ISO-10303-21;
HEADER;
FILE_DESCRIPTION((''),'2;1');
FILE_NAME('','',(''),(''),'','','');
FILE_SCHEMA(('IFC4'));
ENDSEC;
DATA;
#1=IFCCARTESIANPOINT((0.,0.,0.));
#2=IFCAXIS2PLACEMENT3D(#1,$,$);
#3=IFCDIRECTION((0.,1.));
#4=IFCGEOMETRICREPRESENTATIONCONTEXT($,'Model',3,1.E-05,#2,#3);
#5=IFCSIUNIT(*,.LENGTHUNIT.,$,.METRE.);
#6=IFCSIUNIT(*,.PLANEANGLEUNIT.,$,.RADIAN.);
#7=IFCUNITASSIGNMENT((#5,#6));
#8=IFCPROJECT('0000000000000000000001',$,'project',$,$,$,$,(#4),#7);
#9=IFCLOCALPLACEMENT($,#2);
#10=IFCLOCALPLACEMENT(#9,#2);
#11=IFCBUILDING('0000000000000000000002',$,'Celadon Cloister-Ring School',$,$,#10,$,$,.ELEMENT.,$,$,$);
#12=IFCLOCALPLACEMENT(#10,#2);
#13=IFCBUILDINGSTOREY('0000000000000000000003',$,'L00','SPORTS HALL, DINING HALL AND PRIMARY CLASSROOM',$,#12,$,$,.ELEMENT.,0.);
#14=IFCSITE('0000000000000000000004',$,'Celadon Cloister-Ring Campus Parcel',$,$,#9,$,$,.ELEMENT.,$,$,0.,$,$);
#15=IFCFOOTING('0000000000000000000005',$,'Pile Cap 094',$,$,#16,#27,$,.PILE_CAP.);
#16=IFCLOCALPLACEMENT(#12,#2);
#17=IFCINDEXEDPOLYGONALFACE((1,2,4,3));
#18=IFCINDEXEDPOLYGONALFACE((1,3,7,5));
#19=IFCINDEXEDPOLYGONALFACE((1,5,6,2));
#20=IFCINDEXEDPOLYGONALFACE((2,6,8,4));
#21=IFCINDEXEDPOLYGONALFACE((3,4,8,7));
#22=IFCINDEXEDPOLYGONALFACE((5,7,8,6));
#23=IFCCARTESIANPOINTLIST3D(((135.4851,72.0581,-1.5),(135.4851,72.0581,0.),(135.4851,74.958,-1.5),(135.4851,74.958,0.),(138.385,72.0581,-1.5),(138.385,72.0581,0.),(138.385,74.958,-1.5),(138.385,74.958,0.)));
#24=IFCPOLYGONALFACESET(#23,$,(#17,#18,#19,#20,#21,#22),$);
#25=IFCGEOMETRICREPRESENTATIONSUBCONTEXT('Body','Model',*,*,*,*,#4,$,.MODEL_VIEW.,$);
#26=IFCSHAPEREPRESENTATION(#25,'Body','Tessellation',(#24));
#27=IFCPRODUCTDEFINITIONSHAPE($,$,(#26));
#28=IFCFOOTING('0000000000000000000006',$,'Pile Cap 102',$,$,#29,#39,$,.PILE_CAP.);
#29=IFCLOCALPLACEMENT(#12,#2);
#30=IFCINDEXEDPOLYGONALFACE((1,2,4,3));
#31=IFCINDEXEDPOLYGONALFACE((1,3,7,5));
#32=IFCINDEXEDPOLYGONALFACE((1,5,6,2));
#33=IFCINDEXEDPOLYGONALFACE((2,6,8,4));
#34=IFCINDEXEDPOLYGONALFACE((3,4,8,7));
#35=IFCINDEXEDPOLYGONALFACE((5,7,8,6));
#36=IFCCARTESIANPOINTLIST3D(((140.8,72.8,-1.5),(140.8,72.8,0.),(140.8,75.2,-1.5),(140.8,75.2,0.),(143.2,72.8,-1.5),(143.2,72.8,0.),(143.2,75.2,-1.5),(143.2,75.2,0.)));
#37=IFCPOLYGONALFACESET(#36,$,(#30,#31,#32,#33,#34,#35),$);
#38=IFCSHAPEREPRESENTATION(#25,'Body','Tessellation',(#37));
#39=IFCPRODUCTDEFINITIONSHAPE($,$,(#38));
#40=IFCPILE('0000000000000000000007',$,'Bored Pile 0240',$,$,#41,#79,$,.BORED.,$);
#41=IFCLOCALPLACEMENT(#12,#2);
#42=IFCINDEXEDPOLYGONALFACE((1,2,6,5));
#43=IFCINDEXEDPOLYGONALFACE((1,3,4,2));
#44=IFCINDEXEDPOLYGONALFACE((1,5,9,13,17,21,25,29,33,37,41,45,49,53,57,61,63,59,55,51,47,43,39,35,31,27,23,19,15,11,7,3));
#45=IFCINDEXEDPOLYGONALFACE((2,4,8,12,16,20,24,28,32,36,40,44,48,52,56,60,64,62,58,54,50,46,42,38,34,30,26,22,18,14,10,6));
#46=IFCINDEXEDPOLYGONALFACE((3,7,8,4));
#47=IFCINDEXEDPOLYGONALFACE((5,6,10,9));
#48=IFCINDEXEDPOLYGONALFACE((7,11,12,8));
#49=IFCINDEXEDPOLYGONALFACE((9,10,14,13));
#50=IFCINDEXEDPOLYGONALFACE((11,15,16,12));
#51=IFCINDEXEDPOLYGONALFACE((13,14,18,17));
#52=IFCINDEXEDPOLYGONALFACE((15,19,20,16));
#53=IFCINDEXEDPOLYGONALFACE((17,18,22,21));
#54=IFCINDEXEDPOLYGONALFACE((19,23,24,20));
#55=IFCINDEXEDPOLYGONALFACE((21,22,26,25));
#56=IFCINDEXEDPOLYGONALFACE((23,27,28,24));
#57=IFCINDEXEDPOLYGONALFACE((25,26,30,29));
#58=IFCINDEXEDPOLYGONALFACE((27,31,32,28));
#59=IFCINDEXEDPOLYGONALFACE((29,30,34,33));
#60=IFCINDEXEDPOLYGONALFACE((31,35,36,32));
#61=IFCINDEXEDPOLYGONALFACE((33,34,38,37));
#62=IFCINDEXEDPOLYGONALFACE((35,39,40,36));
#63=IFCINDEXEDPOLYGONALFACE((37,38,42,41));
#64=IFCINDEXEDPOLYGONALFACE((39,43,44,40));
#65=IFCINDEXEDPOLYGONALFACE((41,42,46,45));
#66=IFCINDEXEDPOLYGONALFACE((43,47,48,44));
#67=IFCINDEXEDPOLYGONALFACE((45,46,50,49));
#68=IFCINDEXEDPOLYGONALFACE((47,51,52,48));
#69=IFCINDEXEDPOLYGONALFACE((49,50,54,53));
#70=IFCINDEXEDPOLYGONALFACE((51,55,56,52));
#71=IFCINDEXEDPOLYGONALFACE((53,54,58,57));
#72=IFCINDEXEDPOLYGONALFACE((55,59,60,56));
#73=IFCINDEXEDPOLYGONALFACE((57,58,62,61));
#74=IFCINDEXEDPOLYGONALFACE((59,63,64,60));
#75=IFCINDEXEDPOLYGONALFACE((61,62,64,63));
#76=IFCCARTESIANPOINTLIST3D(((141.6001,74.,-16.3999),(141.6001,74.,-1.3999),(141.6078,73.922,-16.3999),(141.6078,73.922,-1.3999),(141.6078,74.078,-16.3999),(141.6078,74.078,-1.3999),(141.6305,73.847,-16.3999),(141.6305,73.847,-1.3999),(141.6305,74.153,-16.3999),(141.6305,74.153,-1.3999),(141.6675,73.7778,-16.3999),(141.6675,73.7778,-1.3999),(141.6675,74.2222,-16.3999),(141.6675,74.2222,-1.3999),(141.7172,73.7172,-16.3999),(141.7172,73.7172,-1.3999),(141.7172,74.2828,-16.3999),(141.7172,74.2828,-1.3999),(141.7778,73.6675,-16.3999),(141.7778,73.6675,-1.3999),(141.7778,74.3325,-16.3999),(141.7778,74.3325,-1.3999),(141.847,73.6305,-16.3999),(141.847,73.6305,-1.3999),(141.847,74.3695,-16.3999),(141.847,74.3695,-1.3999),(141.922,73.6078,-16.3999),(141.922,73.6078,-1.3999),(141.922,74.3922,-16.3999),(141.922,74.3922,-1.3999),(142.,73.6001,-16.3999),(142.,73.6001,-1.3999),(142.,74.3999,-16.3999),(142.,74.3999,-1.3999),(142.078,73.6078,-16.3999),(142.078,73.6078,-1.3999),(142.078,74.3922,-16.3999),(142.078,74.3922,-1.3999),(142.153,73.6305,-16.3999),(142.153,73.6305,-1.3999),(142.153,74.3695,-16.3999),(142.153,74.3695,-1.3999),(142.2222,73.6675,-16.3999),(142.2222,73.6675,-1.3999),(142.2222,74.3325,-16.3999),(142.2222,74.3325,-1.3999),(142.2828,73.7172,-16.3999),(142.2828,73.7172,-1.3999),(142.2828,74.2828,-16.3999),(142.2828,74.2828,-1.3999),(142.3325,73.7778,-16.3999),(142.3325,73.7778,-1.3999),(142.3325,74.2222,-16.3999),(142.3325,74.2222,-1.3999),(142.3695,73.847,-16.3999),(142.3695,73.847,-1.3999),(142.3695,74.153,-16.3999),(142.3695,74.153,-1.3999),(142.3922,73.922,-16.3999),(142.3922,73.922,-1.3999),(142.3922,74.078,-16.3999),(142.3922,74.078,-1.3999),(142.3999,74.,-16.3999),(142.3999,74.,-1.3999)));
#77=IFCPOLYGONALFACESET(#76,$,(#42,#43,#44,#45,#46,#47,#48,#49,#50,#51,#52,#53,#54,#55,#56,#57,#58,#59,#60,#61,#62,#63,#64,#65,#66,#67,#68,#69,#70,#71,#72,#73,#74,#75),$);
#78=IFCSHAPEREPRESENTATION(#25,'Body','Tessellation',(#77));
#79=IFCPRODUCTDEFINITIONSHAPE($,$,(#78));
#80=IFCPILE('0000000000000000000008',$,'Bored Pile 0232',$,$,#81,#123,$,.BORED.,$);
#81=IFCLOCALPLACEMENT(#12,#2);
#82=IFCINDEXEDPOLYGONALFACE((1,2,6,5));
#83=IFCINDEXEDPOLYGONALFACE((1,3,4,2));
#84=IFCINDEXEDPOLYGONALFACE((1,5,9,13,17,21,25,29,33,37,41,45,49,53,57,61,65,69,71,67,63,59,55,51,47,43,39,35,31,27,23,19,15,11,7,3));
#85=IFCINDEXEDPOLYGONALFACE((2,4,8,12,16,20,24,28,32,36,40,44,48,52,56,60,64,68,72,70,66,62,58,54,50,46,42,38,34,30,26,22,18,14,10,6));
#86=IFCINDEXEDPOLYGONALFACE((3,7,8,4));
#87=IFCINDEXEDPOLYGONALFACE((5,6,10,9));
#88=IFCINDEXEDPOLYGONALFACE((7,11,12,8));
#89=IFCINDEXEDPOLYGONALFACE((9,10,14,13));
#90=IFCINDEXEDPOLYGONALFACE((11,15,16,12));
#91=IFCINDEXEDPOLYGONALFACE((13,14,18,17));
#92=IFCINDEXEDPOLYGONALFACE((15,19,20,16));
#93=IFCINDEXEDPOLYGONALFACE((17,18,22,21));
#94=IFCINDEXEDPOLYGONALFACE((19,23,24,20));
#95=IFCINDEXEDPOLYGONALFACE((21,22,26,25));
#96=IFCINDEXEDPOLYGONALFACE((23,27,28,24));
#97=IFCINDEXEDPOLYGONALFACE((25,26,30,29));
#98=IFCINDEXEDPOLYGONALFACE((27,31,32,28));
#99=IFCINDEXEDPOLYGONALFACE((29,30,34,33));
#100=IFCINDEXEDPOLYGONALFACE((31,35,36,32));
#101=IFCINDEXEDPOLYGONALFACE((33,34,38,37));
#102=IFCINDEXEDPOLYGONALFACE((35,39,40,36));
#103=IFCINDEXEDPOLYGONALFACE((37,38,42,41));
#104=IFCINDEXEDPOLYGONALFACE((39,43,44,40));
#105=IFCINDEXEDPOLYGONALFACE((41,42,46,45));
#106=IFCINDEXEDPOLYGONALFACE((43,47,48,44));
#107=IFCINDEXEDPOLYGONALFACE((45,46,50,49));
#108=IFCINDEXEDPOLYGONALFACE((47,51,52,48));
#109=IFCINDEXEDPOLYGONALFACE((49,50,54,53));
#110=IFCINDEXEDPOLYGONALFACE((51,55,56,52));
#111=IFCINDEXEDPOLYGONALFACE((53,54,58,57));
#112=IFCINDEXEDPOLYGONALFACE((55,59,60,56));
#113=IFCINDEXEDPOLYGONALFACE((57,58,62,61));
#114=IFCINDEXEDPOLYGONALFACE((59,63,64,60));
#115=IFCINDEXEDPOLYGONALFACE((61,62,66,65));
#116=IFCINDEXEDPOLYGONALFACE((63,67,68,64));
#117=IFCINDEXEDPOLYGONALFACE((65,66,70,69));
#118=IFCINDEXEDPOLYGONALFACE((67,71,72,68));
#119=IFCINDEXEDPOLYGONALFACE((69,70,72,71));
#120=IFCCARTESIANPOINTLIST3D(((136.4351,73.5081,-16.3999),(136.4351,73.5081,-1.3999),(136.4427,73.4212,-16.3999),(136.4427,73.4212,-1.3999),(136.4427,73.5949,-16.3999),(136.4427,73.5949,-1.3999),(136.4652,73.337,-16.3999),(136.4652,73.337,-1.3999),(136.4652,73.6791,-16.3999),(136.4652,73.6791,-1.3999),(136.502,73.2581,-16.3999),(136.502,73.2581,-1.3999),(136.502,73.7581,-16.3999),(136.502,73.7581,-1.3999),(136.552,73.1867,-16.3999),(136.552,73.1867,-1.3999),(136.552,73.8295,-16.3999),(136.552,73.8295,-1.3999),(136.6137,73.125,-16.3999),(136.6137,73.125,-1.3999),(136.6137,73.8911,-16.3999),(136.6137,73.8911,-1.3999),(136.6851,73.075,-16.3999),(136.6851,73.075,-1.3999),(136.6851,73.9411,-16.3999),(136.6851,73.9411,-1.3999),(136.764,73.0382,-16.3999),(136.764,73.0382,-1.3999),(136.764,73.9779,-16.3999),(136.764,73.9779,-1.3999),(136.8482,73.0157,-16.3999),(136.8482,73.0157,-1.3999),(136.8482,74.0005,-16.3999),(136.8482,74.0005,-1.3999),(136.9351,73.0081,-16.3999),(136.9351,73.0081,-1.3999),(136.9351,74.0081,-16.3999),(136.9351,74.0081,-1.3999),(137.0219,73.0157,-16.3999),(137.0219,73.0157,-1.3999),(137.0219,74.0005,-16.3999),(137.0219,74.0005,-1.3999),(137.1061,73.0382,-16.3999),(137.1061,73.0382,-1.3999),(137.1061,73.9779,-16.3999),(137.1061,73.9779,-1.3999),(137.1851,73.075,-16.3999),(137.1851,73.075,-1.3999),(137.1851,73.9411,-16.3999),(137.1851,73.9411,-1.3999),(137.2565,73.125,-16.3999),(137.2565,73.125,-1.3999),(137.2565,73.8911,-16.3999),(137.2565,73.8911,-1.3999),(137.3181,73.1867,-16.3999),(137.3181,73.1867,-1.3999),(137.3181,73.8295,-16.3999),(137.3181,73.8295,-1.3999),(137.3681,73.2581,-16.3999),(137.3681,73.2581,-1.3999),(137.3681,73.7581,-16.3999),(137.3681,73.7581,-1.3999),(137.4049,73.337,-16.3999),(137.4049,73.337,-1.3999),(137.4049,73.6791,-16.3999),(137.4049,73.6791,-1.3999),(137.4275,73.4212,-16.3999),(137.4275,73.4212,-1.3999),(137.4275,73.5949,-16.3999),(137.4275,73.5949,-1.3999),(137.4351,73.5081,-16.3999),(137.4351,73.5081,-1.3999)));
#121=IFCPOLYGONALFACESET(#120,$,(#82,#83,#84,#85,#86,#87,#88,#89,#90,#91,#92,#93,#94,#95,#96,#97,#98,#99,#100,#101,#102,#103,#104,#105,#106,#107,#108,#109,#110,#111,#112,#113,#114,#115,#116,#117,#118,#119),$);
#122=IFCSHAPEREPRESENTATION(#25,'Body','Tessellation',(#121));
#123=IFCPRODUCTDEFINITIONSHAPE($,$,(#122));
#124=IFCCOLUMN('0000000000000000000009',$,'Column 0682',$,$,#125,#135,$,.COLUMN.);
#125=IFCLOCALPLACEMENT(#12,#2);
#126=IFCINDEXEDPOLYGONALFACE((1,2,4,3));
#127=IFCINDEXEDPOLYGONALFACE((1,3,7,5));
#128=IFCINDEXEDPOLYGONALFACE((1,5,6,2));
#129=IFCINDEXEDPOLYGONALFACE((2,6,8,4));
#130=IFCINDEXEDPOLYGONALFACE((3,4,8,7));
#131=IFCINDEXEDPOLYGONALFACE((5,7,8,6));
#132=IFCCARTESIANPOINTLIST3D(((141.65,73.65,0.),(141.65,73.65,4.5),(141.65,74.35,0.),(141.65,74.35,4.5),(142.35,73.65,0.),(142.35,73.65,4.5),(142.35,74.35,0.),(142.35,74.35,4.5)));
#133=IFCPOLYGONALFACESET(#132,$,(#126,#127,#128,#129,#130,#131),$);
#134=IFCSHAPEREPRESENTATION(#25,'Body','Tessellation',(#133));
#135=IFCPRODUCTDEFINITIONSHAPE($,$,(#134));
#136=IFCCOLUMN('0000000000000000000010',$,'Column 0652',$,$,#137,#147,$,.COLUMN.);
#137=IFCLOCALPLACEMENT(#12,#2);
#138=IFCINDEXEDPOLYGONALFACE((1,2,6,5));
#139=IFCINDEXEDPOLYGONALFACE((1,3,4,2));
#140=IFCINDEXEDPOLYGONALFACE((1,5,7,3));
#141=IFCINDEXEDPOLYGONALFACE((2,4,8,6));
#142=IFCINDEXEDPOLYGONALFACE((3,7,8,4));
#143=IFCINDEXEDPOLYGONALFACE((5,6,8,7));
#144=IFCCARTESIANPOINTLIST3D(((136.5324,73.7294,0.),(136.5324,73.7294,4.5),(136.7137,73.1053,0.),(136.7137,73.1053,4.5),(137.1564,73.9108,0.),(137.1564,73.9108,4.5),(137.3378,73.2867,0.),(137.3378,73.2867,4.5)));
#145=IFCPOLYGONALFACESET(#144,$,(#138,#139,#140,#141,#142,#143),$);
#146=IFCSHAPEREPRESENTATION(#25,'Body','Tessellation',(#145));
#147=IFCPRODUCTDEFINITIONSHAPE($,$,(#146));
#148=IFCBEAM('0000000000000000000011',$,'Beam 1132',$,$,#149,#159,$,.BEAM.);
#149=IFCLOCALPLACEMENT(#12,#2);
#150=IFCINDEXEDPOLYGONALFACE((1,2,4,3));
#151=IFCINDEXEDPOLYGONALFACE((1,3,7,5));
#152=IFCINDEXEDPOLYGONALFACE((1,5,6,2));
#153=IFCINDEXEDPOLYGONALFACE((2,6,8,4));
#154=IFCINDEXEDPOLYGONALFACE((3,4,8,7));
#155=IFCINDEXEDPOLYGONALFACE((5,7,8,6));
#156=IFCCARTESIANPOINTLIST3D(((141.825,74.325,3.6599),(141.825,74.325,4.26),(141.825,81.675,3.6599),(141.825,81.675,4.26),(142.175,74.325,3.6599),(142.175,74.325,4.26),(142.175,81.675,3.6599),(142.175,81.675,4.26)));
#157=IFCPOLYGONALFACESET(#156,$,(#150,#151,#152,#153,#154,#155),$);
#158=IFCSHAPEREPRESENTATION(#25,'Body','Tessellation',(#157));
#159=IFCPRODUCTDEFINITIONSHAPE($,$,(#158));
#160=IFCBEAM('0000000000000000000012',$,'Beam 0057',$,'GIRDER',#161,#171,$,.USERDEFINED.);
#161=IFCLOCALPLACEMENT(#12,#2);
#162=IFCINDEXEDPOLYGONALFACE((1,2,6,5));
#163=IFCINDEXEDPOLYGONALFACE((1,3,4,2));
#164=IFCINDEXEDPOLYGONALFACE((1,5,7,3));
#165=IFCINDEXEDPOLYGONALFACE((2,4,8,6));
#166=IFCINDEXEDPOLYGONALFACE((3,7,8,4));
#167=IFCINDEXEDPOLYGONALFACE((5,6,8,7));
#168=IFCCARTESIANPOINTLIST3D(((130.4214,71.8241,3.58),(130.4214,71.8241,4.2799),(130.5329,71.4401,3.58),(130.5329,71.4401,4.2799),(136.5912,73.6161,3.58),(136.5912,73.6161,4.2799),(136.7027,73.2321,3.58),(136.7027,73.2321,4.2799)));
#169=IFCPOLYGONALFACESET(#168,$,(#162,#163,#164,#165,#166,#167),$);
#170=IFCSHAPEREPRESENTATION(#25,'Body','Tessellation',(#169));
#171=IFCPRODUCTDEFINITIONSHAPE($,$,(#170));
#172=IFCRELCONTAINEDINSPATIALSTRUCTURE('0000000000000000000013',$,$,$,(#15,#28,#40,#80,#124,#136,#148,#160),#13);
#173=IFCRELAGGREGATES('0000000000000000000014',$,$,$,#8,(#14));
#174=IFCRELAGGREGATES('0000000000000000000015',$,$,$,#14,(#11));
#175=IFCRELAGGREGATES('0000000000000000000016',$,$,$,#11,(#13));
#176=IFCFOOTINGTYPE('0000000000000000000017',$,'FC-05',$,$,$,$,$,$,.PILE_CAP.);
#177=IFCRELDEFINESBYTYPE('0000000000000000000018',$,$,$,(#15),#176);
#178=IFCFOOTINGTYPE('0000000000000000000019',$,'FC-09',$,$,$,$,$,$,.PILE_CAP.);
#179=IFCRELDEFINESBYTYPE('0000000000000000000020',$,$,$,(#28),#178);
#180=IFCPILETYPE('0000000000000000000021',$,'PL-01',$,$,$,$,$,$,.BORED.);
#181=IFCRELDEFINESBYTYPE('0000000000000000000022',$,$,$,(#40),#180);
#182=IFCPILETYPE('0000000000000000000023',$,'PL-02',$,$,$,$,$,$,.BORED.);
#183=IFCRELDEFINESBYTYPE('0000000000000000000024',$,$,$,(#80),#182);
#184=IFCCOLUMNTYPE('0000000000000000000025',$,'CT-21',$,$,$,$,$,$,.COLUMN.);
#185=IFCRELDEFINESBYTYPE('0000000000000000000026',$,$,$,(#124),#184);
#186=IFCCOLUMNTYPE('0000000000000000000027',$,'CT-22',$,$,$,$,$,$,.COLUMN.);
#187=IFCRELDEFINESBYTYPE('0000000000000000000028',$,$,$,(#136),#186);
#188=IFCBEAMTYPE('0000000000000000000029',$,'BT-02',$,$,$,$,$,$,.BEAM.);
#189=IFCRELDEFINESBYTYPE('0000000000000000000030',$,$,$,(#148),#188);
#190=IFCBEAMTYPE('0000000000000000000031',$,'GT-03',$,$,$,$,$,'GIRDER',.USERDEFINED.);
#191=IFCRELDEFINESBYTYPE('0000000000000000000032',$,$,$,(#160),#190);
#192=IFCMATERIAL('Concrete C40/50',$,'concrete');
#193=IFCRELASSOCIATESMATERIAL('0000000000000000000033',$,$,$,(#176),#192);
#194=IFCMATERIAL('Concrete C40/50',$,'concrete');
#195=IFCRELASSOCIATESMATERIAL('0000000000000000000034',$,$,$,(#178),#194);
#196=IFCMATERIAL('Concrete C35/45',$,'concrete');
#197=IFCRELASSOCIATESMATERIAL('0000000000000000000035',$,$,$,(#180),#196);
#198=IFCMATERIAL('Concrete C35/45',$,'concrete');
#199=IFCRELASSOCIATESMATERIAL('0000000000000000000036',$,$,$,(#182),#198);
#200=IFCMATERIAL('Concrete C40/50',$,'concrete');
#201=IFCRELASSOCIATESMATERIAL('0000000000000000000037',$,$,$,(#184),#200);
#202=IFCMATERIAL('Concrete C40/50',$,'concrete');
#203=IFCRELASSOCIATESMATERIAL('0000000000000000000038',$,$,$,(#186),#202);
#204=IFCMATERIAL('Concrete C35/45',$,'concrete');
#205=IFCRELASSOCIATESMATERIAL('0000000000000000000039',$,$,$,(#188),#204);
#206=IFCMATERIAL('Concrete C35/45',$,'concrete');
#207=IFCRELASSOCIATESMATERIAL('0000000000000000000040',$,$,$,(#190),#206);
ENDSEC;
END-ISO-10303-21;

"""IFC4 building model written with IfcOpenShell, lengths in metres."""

from ifc_helpers import new_model, si_unit, direction, frame, origin, origin_2d, place, context, subcontext, project, spatial, rectangle, circle, extrude, material, material_profile, profile_set, type_object, element, save


model = new_model("IFC4")

# Units and contexts
model_context = context("Model", 3, precision=1e-05, world=origin(), true_north=direction((0.0, 1.0)))
body_context = subcontext(model_context, "Body", "Model", "MODEL_VIEW")
ifc_project = project(units=[si_unit("LENGTHUNIT", "METRE"), si_unit("PLANEANGLEUNIT", "RADIAN")], contexts=[model_context])

# Site, building, storey
site_placement = place(None, origin())
site = spatial("IfcSite", under=ifc_project, at=site_placement, Name="Celadon Cloister-Ring Campus Parcel", CompositionType="ELEMENT", RefElevation=0.0)
building_placement = place(site_placement, origin())
building = spatial("IfcBuilding", under=site, at=building_placement, Name="Celadon Cloister-Ring School", CompositionType="ELEMENT")
storey_placement = place(building_placement, origin())
storey = spatial("IfcBuildingStorey", under=building, at=storey_placement, Name="L00", Description="SPORTS HALL, DINING HALL AND PRIMARY CLASSROOM", CompositionType="ELEMENT", Elevation=0.0)

# Footings
ifc_material_1 = material(Name="Concrete C40/50", Category="concrete")
footing_type_1 = type_object("IfcFootingType", Name="FC-05", PredefinedType="PILE_CAP", material=ifc_material_1)
footing_1_placement = place(storey_placement, frame((136.9351, 73.5081, -1.5), z_axis=(0.0, 0.0, 1.0), x_axis=(1.0, 0.0, 0.0)))
element("IfcFooting", 1, at=footing_1_placement, inside=storey, type_object=footing_type_1, Name="Pile Cap 094", PredefinedType="PILE_CAP", context=body_context, shape_type="SweptSolid", body=[
    extrude(rectangle(XDim=2.8999, YDim=2.8999, at=origin_2d()), origin(), (0.0, 0.0, 1.0), 1.5),
])
ifc_material_2 = material(Name="Concrete C40/50", Category="concrete")
footing_type_2 = type_object("IfcFootingType", Name="FC-09", PredefinedType="PILE_CAP", material=ifc_material_2)
footing_2_placement = place(storey_placement, frame((142.0, 74.0, -1.5), z_axis=(0.0, 0.0, 1.0), x_axis=(1.0, 0.0, 0.0)))
element("IfcFooting", 2, at=footing_2_placement, inside=storey, type_object=footing_type_2, Name="Pile Cap 102", PredefinedType="PILE_CAP", context=body_context, shape_type="SweptSolid", body=[
    extrude(rectangle(XDim=2.3999, YDim=2.3999, at=origin_2d()), origin(), (0.0, 0.0, 1.0), 1.5),
])

# Piles
ifc_material_3 = material(Name="Concrete C35/45", Category="concrete")
ifc_material_profile_1 = material_profile(ifc_material_3, circle(Radius=0.3999, at=origin_2d()), Name="PILE800")
ifc_profile_set_1 = profile_set([ifc_material_profile_1], Name="Concrete C35/45")
pile_type_1 = type_object("IfcPileType", Name="PL-01", PredefinedType="BORED", material=ifc_profile_set_1)
pile_1_placement = place(storey_placement, frame((142.0, 74.0, -1.3999), z_axis=(0.0, 0.0, -1.0), x_axis=(1.0, 0.0, 0.0)))
element("IfcPile", 3, at=pile_1_placement, inside=storey, type_object=pile_type_1, Name="Bored Pile 0240", PredefinedType="BORED", context=body_context, shape_type="SweptSolid", body=[
    extrude(circle(Radius=0.3999, at=origin_2d()), origin(), (0.0, 0.0, 1.0), 15.0),
])
ifc_material_4 = material(Name="Concrete C35/45", Category="concrete")
ifc_material_profile_2 = material_profile(ifc_material_4, circle(Radius=0.5, at=origin_2d()), Name="PILE1000")
ifc_profile_set_2 = profile_set([ifc_material_profile_2], Name="Concrete C35/45")
pile_type_2 = type_object("IfcPileType", Name="PL-02", PredefinedType="BORED", material=ifc_profile_set_2)
pile_2_placement = place(storey_placement, frame((136.9351, 73.5081, -1.3999), z_axis=(0.0, 0.0, -1.0), x_axis=(1.0, 0.0, 0.0)))
element("IfcPile", 4, at=pile_2_placement, inside=storey, type_object=pile_type_2, Name="Bored Pile 0232", PredefinedType="BORED", context=body_context, shape_type="SweptSolid", body=[
    extrude(circle(Radius=0.5, at=origin_2d()), origin(), (0.0, 0.0, 1.0), 15.0),
])

# Columns
ifc_material_5 = material(Name="Concrete C40/50", Category="concrete")
ifc_material_profile_3 = material_profile(ifc_material_5, rectangle(XDim=0.7, YDim=0.7, at=origin_2d()), Name="RC700X700")
ifc_profile_set_3 = profile_set([ifc_material_profile_3], Name="Concrete C40/50")
column_type_1 = type_object("IfcColumnType", Name="CT-21", PredefinedType="COLUMN", material=ifc_profile_set_3)
column_1_placement = place(storey_placement, frame((142.0, 74.0, 0.0), z_axis=(0.0, 0.0, 1.0), x_axis=(1.0, 0.0, 0.0)))
element("IfcColumn", 5, at=column_1_placement, inside=storey, type_object=column_type_1, Name="Column 0682", PredefinedType="COLUMN", context=body_context, shape_type="SweptSolid", body=[
    extrude(rectangle(XDim=0.7, YDim=0.7, at=origin_2d()), origin(), (0.0, 0.0, 1.0), 4.5),
])
ifc_material_6 = material(Name="Concrete C40/50", Category="concrete")
ifc_material_profile_4 = material_profile(ifc_material_6, rectangle(XDim=0.6499, YDim=0.6499, at=origin_2d()), Name="RC650X650")
ifc_profile_set_4 = profile_set([ifc_material_profile_4], Name="Concrete C40/50")
column_type_2 = type_object("IfcColumnType", Name="CT-22", PredefinedType="COLUMN", material=ifc_profile_set_4)
column_2_placement = place(storey_placement, frame((136.9351, 73.5081, 0.0), z_axis=(0.0, 0.0, 1.0), x_axis=(0.960294, 0.278991, 0.0)))
element("IfcColumn", 6, at=column_2_placement, inside=storey, type_object=column_type_2, Name="Column 0652", PredefinedType="COLUMN", context=body_context, shape_type="SweptSolid", body=[
    extrude(rectangle(XDim=0.6499, YDim=0.6499, at=origin_2d()), origin(), (0.0, 0.0, 1.0), 4.5),
])

# Beams
ifc_material_7 = material(Name="Concrete C35/45", Category="concrete")
ifc_material_profile_5 = material_profile(ifc_material_7, rectangle(XDim=0.3501, YDim=0.6001, at=origin_2d()), Name="RC350X600")
ifc_profile_set_5 = profile_set([ifc_material_profile_5], Name="Concrete C35/45")
beam_type_1 = type_object("IfcBeamType", Name="BT-02", PredefinedType="BEAM", material=ifc_profile_set_5)
beam_1_placement = place(storey_placement, frame((142.0, 74.325, 3.96), z_axis=(0.0, 1.0, 0.0), x_axis=(-1.0, 0.0, 0.0)))
element("IfcBeam", 7, at=beam_1_placement, inside=storey, type_object=beam_type_1, Name="Beam 1132", PredefinedType="BEAM", context=body_context, shape_type="SweptSolid", body=[
    extrude(rectangle(XDim=0.3501, YDim=0.6001, at=origin_2d()), origin(), (0.0, 0.0, 1.0), 7.3501),
])
ifc_material_8 = material(Name="Concrete C35/45", Category="concrete")
ifc_material_profile_6 = material_profile(ifc_material_8, rectangle(XDim=0.3999, YDim=0.7, at=origin_2d()), Name="RC400X700")
ifc_profile_set_6 = profile_set([ifc_material_profile_6], Name="Concrete C35/45")
beam_type_2 = type_object("IfcBeamType", Name="GT-03", ElementType="GIRDER", PredefinedType="USERDEFINED", material=ifc_profile_set_6)
beam_2_placement = place(storey_placement, frame((136.647, 73.4241, 3.9299), z_axis=(-0.960316, -0.278914, 0.0), x_axis=(0.278914, -0.960316, 0.0)))
element("IfcBeam", 8, at=beam_2_placement, inside=storey, type_object=beam_type_2, Name="Beam 0057", ObjectType="GIRDER", PredefinedType="USERDEFINED", context=body_context, shape_type="SweptSolid", body=[
    extrude(rectangle(XDim=0.3999, YDim=0.7, at=origin_2d()), origin(), (0.0, 0.0, 1.0), 6.4248),
])

save(model, "model.ifc")
